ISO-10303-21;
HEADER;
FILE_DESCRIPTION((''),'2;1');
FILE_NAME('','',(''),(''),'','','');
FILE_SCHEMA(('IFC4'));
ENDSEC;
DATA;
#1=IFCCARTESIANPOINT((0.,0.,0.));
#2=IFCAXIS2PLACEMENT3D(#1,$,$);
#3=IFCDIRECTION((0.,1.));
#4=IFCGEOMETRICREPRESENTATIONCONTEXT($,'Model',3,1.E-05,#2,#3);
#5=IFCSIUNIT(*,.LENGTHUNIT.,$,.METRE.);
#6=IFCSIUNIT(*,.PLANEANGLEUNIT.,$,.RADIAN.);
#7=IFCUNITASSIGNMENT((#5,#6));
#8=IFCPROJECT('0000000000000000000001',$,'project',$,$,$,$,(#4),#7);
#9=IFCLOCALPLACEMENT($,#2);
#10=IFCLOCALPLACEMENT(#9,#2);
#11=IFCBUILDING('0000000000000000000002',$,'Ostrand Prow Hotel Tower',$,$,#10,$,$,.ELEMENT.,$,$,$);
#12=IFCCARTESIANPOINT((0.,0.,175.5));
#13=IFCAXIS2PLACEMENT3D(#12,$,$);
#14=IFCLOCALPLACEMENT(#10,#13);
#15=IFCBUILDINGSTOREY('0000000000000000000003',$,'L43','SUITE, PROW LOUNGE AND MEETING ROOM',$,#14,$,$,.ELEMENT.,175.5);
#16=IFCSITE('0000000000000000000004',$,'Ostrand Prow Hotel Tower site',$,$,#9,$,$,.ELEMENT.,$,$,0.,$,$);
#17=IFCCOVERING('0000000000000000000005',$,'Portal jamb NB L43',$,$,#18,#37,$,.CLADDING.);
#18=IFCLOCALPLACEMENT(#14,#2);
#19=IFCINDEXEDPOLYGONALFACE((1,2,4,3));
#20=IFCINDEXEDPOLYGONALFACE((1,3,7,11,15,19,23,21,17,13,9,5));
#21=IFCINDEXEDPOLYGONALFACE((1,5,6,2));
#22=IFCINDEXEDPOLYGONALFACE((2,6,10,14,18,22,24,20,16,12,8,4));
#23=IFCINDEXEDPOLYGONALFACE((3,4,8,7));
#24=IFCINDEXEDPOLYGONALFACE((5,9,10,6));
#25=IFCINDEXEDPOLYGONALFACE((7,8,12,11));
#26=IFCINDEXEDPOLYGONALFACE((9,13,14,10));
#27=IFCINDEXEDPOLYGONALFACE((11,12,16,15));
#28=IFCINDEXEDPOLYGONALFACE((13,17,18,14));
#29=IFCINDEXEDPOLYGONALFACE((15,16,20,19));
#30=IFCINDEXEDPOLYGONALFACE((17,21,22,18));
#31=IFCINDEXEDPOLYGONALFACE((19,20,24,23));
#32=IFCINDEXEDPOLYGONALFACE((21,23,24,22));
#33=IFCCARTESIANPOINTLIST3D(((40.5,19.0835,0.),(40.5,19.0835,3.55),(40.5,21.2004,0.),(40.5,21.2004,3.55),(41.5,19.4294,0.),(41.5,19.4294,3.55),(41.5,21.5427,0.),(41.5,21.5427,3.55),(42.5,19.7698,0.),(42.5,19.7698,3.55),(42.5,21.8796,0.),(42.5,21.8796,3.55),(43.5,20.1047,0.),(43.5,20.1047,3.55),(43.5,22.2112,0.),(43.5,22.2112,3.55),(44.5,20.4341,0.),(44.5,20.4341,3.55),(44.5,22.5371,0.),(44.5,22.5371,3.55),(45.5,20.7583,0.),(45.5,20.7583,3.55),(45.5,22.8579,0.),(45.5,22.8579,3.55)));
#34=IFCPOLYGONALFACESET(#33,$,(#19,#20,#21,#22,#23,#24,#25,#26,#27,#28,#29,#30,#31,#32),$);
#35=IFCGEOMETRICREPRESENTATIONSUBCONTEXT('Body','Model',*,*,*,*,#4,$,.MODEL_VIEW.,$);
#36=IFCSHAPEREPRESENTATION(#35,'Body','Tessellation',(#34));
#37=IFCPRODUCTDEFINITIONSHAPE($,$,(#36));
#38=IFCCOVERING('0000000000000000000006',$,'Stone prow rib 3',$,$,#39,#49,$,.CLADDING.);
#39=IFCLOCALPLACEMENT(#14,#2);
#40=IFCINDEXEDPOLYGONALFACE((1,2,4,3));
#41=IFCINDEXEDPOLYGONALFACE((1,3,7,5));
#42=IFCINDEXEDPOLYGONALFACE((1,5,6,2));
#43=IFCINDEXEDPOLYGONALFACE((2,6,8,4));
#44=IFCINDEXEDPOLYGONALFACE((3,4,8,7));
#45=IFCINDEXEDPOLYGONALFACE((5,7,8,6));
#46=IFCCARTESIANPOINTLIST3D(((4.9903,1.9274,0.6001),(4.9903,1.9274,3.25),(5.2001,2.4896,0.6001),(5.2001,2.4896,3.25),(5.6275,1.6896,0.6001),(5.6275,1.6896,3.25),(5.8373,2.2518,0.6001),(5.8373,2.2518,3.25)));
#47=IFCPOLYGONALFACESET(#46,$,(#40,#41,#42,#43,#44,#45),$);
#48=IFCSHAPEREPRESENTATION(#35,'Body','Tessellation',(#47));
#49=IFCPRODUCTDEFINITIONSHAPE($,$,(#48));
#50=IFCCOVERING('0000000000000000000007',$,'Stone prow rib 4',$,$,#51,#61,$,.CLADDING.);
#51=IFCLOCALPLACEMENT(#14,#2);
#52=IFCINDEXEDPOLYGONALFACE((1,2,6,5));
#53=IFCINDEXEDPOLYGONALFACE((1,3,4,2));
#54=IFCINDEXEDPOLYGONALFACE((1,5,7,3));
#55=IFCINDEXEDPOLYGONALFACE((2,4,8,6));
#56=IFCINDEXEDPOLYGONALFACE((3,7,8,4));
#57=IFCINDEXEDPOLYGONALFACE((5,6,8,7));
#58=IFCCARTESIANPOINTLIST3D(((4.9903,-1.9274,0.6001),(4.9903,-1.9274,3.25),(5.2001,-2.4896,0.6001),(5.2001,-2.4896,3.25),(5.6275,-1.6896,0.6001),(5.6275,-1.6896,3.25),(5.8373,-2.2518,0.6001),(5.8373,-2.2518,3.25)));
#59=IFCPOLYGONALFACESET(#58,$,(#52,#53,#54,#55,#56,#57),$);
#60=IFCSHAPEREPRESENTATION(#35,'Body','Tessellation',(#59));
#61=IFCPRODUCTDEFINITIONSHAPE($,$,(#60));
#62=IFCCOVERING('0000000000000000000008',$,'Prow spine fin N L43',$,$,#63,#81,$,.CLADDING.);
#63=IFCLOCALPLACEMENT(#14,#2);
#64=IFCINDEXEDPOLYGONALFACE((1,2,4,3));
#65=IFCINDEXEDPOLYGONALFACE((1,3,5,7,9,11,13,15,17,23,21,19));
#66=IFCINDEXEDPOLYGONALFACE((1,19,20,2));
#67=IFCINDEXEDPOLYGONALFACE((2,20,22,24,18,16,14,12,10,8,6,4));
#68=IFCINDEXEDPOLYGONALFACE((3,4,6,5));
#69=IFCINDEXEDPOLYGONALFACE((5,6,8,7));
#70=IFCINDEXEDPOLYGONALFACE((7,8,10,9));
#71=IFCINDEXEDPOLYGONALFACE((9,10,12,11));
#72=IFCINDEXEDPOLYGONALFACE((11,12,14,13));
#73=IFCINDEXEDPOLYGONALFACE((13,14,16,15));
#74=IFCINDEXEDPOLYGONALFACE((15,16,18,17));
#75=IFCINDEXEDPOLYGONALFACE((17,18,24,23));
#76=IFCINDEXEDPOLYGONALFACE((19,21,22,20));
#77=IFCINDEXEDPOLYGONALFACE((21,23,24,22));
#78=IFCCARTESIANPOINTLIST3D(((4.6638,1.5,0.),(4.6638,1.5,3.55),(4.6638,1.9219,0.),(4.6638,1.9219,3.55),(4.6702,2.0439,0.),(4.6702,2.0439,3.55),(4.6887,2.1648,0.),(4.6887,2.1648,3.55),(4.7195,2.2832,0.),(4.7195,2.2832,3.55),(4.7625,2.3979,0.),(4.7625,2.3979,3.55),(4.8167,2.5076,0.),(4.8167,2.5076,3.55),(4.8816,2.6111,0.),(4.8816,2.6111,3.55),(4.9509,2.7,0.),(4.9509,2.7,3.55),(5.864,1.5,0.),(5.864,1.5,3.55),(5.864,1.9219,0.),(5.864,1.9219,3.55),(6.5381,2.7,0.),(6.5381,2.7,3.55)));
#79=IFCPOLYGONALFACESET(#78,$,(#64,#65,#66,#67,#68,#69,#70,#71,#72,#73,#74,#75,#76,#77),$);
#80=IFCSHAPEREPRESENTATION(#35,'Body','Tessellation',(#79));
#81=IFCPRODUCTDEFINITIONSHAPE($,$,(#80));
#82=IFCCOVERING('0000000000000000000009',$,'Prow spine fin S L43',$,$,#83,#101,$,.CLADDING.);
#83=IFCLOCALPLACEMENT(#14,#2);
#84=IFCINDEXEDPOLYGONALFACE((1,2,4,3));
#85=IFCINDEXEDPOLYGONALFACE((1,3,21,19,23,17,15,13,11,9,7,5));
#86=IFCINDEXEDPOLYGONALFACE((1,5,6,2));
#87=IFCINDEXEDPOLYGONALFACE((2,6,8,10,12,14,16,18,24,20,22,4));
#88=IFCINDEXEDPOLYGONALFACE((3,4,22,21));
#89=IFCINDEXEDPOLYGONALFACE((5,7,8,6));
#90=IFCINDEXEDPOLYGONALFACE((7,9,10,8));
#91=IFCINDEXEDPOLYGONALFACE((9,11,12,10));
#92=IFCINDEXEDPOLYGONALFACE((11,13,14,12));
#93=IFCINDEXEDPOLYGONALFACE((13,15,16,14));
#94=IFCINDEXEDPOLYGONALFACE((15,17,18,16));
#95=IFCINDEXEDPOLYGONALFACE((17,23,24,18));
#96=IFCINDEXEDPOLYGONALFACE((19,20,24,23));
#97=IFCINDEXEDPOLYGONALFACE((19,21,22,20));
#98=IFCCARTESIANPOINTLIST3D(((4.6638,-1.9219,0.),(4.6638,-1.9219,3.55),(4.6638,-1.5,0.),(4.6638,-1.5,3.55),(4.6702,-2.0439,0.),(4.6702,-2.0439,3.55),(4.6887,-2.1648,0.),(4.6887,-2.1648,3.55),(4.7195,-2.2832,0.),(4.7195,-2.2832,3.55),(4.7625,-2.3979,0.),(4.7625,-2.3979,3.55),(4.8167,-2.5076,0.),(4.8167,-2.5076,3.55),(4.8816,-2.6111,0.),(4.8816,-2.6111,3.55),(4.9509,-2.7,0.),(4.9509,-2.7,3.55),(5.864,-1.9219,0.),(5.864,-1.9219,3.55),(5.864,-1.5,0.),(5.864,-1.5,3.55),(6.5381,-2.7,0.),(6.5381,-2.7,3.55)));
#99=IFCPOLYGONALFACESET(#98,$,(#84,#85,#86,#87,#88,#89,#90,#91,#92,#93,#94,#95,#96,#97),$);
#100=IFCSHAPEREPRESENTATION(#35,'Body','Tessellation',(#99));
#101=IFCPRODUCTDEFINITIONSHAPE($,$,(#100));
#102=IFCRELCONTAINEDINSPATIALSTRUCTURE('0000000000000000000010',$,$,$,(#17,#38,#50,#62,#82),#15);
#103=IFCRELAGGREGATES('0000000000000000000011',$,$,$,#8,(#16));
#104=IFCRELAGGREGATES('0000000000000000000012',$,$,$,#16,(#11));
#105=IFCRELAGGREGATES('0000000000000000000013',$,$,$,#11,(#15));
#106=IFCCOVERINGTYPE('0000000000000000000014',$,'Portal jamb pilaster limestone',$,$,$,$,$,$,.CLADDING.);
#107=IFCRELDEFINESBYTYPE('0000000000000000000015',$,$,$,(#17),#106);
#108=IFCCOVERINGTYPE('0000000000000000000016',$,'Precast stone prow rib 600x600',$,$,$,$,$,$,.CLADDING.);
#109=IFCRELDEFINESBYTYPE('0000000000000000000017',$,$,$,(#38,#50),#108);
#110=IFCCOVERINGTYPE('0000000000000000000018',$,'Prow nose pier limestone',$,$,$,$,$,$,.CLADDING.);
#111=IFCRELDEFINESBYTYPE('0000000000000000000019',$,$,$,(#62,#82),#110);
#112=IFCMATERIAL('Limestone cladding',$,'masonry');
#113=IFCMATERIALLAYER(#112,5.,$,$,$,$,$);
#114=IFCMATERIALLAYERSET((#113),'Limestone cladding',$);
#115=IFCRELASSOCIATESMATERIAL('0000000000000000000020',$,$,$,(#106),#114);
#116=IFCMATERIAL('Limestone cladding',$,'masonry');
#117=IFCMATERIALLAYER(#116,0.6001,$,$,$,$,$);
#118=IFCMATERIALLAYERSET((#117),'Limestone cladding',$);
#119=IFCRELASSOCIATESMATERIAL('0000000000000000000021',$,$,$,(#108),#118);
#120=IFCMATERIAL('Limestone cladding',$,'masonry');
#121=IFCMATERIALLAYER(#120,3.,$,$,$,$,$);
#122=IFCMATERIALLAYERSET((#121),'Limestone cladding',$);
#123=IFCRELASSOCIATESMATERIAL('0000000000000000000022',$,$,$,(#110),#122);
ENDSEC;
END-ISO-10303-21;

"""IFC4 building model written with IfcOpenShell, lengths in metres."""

from ifc_helpers import new_model, si_unit, direction, frame, frame_2d, origin, place, context, subcontext, project, spatial, polyline, rectangle, outline, extrude, material, layer, layer_set, type_object, element, save


model = new_model("IFC4")

# Units and contexts
model_context = context("Model", 3, precision=1e-05, world=origin(), true_north=direction((0.0, 1.0)))
body_context = subcontext(model_context, "Body", "Model", "MODEL_VIEW")
ifc_project = project(units=[si_unit("LENGTHUNIT", "METRE"), si_unit("PLANEANGLEUNIT", "RADIAN")], contexts=[model_context])

# Site, building, storey
site_placement = place(None, origin())
site = spatial("IfcSite", under=ifc_project, at=site_placement, Name="Ostrand Prow Hotel Tower site", CompositionType="ELEMENT", RefElevation=0.0)
building_placement = place(site_placement, origin())
building = spatial("IfcBuilding", under=site, at=building_placement, Name="Ostrand Prow Hotel Tower", CompositionType="ELEMENT")
storey_placement = place(building_placement, frame((0.0, 0.0, 175.5)))
storey = spatial("IfcBuildingStorey", under=building, at=storey_placement, Name="L43", Description="SUITE, PROW LOUNGE AND MEETING ROOM", CompositionType="ELEMENT", Elevation=175.5)

# Coverings
ifc_material_1 = material(Name="Limestone cladding", Category="masonry")
ifc_layer_1 = layer(ifc_material_1, 5.0)
ifc_layer_set_1 = layer_set([ifc_layer_1], Name="Limestone cladding")
covering_type_1 = type_object("IfcCoveringType", Name="Portal jamb pilaster limestone", PredefinedType="CLADDING", material=ifc_layer_set_1)
covering_1_placement = place(storey_placement, origin())
element("IfcCovering", 1, at=covering_1_placement, inside=storey, type_object=covering_type_1, Name="Portal jamb NB L43", PredefinedType="CLADDING", context=body_context, shape_type="SweptSolid", body=[
    extrude(outline(polyline([(40.5, 19.0835), (41.5, 19.4294), (42.5, 19.7698), (43.5, 20.1047), (44.5, 20.4341), (45.5, 20.7583), (45.5, 22.8579), (44.5, 22.5371), (43.5, 22.2112), (42.5, 21.8796), (41.5, 21.5427), (40.5, 21.2004), (40.5, 19.0835)])), origin(), (0.0, 0.0, 1.0), 3.55),
])
ifc_material_2 = material(Name="Limestone cladding", Category="masonry")
ifc_layer_2 = layer(ifc_material_2, 0.6001)
ifc_layer_set_2 = layer_set([ifc_layer_2], Name="Limestone cladding")
covering_type_2 = type_object("IfcCoveringType", Name="Precast stone prow rib 600x600", PredefinedType="CLADDING", material=ifc_layer_set_2)
for number, where, z_axis, x_axis, name in (
    (2, (5.7324, 1.9707, 0.6001), (0.0, 0.0, 1.0), (-0.936889, 0.349628, 0.0), "Stone prow rib 3"),
    (3, (5.7324, -1.9707, 0.6001), (0.0, 0.0, 1.0), (-0.936889, -0.349628, 0.0), "Stone prow rib 4"),
):
    element("IfcCovering", number, at=place(storey_placement, frame(where, z_axis=z_axis, x_axis=x_axis)), inside=storey, type_object=covering_type_2, Name=name, PredefinedType="CLADDING", context=body_context, shape_type="SweptSolid", body=[
        extrude(rectangle(XDim=0.6802, YDim=0.6001, at=frame_2d((0.3401, 0.0))), origin(), (0.0, 0.0, 1.0), 2.6499),
    ])
ifc_material_3 = material(Name="Limestone cladding", Category="masonry")
ifc_layer_3 = layer(ifc_material_3, 3.0)
ifc_layer_set_3 = layer_set([ifc_layer_3], Name="Limestone cladding")
covering_type_3 = type_object("IfcCoveringType", Name="Prow nose pier limestone", PredefinedType="CLADDING", material=ifc_layer_set_3)
covering_2_placement = place(storey_placement, origin())
element("IfcCovering", 4, at=covering_2_placement, inside=storey, type_object=covering_type_3, Name="Prow spine fin N L43", PredefinedType="CLADDING", context=body_context, shape_type="SweptSolid", body=[
    extrude(outline(polyline([(4.6638, 1.9219), (4.6638, 1.5), (5.864, 1.5), (5.864, 1.9219), (6.5381, 2.7), (4.9509, 2.7), (4.8816, 2.6111), (4.8167, 2.5076), (4.7625, 2.3979), (4.7195, 2.2832), (4.6887, 2.1648), (4.6702, 2.0439), (4.6638, 1.9219)])), origin(), (0.0, 0.0, 1.0), 3.55),
])
covering_3_placement = place(storey_placement, origin())
element("IfcCovering", 5, at=covering_3_placement, inside=storey, type_object=covering_type_3, Name="Prow spine fin S L43", PredefinedType="CLADDING", context=body_context, shape_type="SweptSolid", body=[
    extrude(outline(polyline([(4.8816, -2.6111), (4.9509, -2.7), (6.5381, -2.7), (5.864, -1.9219), (5.864, -1.5), (4.6638, -1.5), (4.6638, -1.9219), (4.6702, -2.0439), (4.6887, -2.1648), (4.7195, -2.2832), (4.7625, -2.3979), (4.8167, -2.5076), (4.8816, -2.6111)])), origin(), (0.0, 0.0, 1.0), 3.55),
])

save(model, "model.ifc")
